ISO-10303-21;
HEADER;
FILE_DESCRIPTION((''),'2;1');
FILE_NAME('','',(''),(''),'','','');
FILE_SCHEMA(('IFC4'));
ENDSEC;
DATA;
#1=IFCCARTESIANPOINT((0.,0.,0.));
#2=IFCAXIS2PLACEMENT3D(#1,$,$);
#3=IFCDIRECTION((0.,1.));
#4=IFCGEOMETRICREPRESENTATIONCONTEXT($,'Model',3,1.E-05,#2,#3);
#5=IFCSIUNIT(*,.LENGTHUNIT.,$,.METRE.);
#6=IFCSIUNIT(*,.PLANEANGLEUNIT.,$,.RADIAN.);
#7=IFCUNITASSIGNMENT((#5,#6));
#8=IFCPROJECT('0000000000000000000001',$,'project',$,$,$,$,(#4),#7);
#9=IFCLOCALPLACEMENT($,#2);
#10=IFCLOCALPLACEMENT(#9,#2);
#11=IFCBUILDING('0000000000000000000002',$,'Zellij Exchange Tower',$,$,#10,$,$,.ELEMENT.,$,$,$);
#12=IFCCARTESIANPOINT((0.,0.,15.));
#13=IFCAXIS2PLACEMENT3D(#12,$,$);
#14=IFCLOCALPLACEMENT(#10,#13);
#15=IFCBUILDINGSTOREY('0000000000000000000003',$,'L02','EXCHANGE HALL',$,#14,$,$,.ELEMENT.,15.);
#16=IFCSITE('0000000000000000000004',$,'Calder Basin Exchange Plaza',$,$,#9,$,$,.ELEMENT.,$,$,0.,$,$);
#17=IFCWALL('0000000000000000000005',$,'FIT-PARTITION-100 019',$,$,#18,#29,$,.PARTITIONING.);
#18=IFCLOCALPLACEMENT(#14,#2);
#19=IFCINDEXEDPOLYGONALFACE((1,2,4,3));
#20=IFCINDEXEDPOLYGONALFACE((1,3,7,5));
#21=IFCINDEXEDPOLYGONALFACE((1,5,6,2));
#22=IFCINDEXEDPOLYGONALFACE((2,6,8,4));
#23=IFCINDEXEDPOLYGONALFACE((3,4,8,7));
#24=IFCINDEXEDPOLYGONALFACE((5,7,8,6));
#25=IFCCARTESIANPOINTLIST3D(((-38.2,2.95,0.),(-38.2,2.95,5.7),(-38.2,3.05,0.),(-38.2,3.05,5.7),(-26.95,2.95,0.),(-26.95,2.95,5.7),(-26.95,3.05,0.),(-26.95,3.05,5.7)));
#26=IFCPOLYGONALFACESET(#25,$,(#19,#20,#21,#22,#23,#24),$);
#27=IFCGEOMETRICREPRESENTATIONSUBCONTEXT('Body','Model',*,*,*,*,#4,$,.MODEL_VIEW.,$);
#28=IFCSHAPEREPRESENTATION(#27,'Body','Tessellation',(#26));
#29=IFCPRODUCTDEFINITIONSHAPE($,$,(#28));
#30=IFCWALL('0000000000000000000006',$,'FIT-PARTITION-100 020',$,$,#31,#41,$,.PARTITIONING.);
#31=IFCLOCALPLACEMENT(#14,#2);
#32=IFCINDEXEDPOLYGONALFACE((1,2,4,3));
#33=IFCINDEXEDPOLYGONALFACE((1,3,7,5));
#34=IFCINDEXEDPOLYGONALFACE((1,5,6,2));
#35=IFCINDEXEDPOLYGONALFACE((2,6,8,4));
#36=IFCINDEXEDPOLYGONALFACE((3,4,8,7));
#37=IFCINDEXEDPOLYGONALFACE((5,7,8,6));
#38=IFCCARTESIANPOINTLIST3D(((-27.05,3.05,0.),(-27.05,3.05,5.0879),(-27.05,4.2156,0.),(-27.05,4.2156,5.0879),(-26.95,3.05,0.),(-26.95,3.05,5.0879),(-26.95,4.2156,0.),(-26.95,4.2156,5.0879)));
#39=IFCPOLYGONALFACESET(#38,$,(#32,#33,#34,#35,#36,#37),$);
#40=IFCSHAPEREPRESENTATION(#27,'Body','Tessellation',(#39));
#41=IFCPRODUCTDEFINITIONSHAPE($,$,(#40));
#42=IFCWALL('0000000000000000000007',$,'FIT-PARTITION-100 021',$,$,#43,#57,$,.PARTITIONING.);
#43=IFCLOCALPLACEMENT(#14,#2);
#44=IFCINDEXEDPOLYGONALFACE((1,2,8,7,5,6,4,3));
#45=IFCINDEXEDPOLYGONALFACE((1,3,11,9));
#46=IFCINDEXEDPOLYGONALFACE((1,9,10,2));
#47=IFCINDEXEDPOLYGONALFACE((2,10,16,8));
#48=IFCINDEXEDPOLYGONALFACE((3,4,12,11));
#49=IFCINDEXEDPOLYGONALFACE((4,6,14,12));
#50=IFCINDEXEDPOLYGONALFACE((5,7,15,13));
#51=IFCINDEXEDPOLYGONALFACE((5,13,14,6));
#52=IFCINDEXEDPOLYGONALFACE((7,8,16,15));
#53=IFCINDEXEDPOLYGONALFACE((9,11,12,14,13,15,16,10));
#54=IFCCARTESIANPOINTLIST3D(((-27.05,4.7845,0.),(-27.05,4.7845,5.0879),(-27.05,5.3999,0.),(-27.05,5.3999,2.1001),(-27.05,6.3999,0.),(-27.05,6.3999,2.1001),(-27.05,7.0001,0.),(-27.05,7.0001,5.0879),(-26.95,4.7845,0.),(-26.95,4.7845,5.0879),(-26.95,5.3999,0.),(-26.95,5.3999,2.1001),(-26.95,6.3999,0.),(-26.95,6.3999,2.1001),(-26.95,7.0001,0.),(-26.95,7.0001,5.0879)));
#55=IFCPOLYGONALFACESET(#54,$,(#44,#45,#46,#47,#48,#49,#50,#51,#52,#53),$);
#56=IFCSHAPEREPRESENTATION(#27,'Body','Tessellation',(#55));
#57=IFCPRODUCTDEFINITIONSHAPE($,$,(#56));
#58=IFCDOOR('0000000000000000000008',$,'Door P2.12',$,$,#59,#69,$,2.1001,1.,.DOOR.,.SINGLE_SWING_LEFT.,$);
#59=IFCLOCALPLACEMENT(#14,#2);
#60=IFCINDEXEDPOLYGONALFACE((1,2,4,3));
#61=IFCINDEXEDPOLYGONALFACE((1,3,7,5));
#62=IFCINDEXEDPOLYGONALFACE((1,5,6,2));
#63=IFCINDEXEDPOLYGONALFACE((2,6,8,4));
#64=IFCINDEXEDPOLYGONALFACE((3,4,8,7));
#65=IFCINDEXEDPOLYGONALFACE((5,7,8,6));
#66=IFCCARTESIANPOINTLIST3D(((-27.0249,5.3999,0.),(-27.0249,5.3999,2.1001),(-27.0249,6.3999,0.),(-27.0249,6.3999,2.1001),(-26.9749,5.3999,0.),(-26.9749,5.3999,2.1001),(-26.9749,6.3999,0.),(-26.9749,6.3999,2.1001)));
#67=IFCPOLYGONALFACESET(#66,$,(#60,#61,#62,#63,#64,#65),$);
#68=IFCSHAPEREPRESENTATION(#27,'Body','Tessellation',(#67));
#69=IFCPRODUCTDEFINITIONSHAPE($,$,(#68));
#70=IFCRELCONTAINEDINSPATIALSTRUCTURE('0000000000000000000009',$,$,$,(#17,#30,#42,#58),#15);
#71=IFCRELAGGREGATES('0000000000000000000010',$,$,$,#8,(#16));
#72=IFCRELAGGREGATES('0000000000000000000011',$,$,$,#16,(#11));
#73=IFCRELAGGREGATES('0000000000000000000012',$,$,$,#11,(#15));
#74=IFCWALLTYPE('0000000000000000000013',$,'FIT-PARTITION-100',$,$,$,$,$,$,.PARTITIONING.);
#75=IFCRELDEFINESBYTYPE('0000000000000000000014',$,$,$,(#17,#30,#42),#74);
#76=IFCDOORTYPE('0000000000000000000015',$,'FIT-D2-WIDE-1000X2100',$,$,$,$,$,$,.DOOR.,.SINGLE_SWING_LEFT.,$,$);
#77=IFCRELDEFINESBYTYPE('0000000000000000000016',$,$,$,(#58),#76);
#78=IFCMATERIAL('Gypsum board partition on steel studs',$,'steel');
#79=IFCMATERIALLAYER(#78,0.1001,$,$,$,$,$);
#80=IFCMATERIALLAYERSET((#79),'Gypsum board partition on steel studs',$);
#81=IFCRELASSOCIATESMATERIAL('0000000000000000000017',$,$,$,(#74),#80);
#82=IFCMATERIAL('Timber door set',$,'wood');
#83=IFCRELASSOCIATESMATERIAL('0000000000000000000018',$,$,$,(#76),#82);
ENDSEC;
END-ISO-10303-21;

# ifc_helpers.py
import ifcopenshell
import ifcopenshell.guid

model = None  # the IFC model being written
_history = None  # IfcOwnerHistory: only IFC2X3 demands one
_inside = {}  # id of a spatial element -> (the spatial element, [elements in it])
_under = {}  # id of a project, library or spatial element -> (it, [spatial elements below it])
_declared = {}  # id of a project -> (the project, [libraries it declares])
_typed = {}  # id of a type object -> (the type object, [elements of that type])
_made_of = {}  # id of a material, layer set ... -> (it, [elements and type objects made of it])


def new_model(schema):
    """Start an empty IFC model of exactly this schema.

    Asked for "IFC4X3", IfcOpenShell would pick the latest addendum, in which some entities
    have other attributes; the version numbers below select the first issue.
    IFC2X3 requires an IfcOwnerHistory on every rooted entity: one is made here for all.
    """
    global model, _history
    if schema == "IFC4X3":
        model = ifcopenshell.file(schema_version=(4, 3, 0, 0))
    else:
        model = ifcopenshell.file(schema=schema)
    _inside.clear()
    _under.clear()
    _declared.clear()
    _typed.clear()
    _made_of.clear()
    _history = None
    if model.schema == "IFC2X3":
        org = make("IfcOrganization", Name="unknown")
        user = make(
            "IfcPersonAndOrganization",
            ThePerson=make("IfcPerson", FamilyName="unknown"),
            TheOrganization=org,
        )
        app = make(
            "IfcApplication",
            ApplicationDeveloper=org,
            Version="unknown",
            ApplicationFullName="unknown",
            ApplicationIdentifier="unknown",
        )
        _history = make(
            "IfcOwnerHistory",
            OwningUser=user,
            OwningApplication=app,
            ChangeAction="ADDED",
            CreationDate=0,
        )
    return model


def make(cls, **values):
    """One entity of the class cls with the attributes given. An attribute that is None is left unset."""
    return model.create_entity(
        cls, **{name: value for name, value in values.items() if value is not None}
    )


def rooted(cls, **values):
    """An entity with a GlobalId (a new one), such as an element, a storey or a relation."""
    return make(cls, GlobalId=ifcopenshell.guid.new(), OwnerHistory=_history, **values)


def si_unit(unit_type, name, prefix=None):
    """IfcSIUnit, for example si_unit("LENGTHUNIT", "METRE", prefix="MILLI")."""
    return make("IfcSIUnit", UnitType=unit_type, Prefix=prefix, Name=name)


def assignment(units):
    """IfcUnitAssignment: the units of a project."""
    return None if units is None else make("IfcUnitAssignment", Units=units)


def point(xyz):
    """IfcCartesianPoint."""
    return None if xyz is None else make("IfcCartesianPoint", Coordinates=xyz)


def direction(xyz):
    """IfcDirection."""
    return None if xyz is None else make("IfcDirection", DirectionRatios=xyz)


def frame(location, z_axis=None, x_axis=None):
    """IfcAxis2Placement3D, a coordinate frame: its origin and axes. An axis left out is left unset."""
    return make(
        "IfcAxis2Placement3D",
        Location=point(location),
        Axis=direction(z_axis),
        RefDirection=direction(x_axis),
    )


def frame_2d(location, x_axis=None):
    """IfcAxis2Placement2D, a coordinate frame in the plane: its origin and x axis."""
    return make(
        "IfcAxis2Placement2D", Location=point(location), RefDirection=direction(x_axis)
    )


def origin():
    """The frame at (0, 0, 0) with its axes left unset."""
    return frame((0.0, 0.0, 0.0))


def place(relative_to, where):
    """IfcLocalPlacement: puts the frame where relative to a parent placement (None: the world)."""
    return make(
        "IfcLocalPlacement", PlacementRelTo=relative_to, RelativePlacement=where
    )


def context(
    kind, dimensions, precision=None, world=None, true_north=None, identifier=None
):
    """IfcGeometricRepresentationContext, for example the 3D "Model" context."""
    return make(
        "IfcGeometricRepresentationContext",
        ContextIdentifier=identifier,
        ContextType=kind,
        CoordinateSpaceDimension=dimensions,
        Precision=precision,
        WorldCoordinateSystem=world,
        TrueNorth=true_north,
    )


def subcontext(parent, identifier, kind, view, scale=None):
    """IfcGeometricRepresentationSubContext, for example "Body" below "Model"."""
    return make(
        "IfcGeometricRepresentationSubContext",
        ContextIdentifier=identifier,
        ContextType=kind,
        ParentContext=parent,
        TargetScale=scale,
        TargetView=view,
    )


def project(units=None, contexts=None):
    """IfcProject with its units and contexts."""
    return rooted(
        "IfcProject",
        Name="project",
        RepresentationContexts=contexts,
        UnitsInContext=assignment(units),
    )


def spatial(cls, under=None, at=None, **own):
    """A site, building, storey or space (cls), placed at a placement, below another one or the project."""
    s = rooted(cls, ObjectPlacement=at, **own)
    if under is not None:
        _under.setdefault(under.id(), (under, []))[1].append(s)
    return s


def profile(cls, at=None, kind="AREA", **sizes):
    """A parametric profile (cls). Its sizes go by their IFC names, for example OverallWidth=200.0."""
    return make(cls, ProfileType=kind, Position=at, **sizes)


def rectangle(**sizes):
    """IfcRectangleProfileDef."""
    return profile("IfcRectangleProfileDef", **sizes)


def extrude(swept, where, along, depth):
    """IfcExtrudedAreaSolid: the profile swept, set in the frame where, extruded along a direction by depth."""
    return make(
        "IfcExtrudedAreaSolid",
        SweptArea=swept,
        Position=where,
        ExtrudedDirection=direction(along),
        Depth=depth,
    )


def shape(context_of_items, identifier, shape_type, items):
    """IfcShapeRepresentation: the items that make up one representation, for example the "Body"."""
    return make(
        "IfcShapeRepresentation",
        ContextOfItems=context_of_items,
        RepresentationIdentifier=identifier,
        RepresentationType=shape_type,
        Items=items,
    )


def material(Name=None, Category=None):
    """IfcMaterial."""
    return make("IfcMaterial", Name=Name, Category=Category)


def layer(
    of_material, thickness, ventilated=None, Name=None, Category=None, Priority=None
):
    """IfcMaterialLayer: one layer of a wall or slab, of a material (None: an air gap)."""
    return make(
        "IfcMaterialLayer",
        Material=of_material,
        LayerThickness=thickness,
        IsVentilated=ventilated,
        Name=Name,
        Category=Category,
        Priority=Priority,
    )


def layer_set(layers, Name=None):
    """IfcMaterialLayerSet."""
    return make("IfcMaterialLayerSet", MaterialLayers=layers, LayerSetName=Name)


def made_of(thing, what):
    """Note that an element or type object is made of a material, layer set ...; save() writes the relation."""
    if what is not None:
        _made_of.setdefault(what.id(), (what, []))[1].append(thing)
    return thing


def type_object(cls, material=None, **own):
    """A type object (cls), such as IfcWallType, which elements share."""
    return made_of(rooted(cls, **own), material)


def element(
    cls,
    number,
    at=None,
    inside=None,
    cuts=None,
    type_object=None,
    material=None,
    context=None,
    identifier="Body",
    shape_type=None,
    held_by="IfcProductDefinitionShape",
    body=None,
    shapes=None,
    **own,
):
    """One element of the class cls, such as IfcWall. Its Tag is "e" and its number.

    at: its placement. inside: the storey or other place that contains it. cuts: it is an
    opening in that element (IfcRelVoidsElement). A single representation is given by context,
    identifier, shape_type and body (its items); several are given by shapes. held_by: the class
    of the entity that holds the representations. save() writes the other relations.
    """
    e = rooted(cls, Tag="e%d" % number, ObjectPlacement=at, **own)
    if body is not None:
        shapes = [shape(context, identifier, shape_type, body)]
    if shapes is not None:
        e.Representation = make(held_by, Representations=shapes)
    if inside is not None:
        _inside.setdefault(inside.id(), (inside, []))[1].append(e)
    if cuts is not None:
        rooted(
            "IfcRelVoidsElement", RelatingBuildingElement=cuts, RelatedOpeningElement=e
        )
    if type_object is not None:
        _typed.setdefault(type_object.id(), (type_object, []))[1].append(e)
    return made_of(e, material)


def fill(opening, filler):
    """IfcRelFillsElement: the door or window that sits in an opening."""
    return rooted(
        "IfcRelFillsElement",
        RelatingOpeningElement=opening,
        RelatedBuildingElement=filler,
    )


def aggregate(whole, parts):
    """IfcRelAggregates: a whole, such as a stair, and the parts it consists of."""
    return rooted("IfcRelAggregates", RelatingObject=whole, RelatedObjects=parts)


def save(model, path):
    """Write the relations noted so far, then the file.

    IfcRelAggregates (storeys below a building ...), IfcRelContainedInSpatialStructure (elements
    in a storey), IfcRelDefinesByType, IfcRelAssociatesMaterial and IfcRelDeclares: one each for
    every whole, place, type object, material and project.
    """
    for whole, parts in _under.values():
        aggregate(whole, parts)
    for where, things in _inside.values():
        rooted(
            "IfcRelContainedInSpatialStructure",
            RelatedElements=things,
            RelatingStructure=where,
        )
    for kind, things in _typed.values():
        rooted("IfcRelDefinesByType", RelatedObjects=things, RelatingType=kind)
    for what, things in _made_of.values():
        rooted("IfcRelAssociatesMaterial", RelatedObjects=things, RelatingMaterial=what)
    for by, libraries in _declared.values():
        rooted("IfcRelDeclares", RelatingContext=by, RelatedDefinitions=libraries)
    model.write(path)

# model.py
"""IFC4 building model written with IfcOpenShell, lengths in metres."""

from ifc_helpers import new_model, si_unit, direction, frame, frame_2d, origin, place, context, subcontext, project, spatial, rectangle, extrude, material, layer, layer_set, type_object, element, fill, save


model = new_model("IFC4")

# Units and contexts
model_context = context("Model", 3, precision=1e-05, world=origin(), true_north=direction((0.0, 1.0)))
body_context = subcontext(model_context, "Body", "Model", "MODEL_VIEW")
ifc_project = project(units=[si_unit("LENGTHUNIT", "METRE"), si_unit("PLANEANGLEUNIT", "RADIAN")], contexts=[model_context])

# Site, building, storey
site_placement = place(None, origin())
site = spatial("IfcSite", under=ifc_project, at=site_placement, Name="Calder Basin Exchange Plaza", CompositionType="ELEMENT", RefElevation=0.0)
building_placement = place(site_placement, origin())
building = spatial("IfcBuilding", under=site, at=building_placement, Name="Zellij Exchange Tower", CompositionType="ELEMENT")
storey_placement = place(building_placement, frame((0.0, 0.0, 15.0)))
storey = spatial("IfcBuildingStorey", under=building, at=storey_placement, Name="L02", Description="EXCHANGE HALL", CompositionType="ELEMENT", Elevation=15.0)

# Walls
ifc_material_1 = material(Name="Gypsum board partition on steel studs", Category="steel")
ifc_layer_1 = layer(ifc_material_1, 0.1001)
ifc_layer_set_1 = layer_set([ifc_layer_1], Name="Gypsum board partition on steel studs")
wall_type_1 = type_object("IfcWallType", Name="FIT-PARTITION-100", PredefinedType="PARTITIONING", material=ifc_layer_set_1)
wall_1_placement = place(storey_placement, frame((-38.2, 3.0, 0.0), z_axis=(0.0, 0.0, 1.0), x_axis=(1.0, 0.0, 0.0)))
element("IfcWall", 1, at=wall_1_placement, inside=storey, type_object=wall_type_1, Name="FIT-PARTITION-100 019", PredefinedType="PARTITIONING", context=body_context, shape_type="SweptSolid", body=[
    extrude(rectangle(XDim=11.25, YDim=0.1001, at=frame_2d((5.625, 0.0))), origin(), (0.0, 0.0, 1.0), 5.7),
])
wall_2_placement = place(storey_placement, frame((-27.0, 3.05, 0.0), z_axis=(0.0, 0.0, 1.0), x_axis=(0.0, 1.0, 0.0)))
element("IfcWall", 2, at=wall_2_placement, inside=storey, type_object=wall_type_1, Name="FIT-PARTITION-100 020", PredefinedType="PARTITIONING", context=body_context, shape_type="SweptSolid", body=[
    extrude(rectangle(XDim=1.1655, YDim=0.1001, at=frame_2d((0.5828, 0.0))), origin(), (0.0, 0.0, 1.0), 5.0879),
])

# Wall, opening, door
wall_3_placement = place(storey_placement, frame((-27.0, 4.7844, 0.0), z_axis=(0.0, 0.0, 1.0), x_axis=(0.0, 1.0, 0.0)))
wall_3 = element("IfcWall", 3, at=wall_3_placement, inside=storey, type_object=wall_type_1, Name="FIT-PARTITION-100 021", PredefinedType="PARTITIONING", context=body_context, shape_type="SweptSolid", body=[
    extrude(rectangle(XDim=2.2156, YDim=0.1001, at=frame_2d((1.1079, 0.0))), origin(), (0.0, 0.0, 1.0), 5.0879),
])
opening_1_placement = place(wall_3_placement, frame((0.6155, 0.0, 0.0)))
opening_1 = element("IfcOpeningElement", 4, at=opening_1_placement, cuts=wall_3, PredefinedType="OPENING", context=body_context, shape_type="SweptSolid", body=[
    extrude(rectangle(XDim=1.0, YDim=2.1001, at=frame_2d((0.5, 1.05))), frame((0.0, 0.062, 0.0), z_axis=(0.0, -1.0, 0.0), x_axis=(1.0, 0.0, 0.0)), (0.0, 0.0, 1.0), 0.124),
])
ifc_material_2 = material(Name="Timber door set", Category="wood")
door_type_1 = type_object("IfcDoorType", Name="FIT-D2-WIDE-1000X2100", OperationType="SINGLE_SWING_LEFT", PredefinedType="DOOR", material=ifc_material_2)
door_1_placement = place(opening_1_placement, origin())
door_1 = element("IfcDoor", 5, at=door_1_placement, inside=storey, type_object=door_type_1, Name="Door P2.12", OperationType="SINGLE_SWING_LEFT", OverallHeight=2.1001, OverallWidth=1.0, PredefinedType="DOOR", context=body_context, shape_type="SweptSolid", body=[
    extrude(rectangle(XDim=1.0, YDim=2.1001, at=frame_2d((0.5, 1.05))), frame((0.0, 0.0249, 0.0), z_axis=(0.0, -1.0, 0.0), x_axis=(1.0, 0.0, 0.0)), (0.0, 0.0, 1.0), 0.05),
])
fill(opening_1, door_1)

save(model, "model.ifc")
